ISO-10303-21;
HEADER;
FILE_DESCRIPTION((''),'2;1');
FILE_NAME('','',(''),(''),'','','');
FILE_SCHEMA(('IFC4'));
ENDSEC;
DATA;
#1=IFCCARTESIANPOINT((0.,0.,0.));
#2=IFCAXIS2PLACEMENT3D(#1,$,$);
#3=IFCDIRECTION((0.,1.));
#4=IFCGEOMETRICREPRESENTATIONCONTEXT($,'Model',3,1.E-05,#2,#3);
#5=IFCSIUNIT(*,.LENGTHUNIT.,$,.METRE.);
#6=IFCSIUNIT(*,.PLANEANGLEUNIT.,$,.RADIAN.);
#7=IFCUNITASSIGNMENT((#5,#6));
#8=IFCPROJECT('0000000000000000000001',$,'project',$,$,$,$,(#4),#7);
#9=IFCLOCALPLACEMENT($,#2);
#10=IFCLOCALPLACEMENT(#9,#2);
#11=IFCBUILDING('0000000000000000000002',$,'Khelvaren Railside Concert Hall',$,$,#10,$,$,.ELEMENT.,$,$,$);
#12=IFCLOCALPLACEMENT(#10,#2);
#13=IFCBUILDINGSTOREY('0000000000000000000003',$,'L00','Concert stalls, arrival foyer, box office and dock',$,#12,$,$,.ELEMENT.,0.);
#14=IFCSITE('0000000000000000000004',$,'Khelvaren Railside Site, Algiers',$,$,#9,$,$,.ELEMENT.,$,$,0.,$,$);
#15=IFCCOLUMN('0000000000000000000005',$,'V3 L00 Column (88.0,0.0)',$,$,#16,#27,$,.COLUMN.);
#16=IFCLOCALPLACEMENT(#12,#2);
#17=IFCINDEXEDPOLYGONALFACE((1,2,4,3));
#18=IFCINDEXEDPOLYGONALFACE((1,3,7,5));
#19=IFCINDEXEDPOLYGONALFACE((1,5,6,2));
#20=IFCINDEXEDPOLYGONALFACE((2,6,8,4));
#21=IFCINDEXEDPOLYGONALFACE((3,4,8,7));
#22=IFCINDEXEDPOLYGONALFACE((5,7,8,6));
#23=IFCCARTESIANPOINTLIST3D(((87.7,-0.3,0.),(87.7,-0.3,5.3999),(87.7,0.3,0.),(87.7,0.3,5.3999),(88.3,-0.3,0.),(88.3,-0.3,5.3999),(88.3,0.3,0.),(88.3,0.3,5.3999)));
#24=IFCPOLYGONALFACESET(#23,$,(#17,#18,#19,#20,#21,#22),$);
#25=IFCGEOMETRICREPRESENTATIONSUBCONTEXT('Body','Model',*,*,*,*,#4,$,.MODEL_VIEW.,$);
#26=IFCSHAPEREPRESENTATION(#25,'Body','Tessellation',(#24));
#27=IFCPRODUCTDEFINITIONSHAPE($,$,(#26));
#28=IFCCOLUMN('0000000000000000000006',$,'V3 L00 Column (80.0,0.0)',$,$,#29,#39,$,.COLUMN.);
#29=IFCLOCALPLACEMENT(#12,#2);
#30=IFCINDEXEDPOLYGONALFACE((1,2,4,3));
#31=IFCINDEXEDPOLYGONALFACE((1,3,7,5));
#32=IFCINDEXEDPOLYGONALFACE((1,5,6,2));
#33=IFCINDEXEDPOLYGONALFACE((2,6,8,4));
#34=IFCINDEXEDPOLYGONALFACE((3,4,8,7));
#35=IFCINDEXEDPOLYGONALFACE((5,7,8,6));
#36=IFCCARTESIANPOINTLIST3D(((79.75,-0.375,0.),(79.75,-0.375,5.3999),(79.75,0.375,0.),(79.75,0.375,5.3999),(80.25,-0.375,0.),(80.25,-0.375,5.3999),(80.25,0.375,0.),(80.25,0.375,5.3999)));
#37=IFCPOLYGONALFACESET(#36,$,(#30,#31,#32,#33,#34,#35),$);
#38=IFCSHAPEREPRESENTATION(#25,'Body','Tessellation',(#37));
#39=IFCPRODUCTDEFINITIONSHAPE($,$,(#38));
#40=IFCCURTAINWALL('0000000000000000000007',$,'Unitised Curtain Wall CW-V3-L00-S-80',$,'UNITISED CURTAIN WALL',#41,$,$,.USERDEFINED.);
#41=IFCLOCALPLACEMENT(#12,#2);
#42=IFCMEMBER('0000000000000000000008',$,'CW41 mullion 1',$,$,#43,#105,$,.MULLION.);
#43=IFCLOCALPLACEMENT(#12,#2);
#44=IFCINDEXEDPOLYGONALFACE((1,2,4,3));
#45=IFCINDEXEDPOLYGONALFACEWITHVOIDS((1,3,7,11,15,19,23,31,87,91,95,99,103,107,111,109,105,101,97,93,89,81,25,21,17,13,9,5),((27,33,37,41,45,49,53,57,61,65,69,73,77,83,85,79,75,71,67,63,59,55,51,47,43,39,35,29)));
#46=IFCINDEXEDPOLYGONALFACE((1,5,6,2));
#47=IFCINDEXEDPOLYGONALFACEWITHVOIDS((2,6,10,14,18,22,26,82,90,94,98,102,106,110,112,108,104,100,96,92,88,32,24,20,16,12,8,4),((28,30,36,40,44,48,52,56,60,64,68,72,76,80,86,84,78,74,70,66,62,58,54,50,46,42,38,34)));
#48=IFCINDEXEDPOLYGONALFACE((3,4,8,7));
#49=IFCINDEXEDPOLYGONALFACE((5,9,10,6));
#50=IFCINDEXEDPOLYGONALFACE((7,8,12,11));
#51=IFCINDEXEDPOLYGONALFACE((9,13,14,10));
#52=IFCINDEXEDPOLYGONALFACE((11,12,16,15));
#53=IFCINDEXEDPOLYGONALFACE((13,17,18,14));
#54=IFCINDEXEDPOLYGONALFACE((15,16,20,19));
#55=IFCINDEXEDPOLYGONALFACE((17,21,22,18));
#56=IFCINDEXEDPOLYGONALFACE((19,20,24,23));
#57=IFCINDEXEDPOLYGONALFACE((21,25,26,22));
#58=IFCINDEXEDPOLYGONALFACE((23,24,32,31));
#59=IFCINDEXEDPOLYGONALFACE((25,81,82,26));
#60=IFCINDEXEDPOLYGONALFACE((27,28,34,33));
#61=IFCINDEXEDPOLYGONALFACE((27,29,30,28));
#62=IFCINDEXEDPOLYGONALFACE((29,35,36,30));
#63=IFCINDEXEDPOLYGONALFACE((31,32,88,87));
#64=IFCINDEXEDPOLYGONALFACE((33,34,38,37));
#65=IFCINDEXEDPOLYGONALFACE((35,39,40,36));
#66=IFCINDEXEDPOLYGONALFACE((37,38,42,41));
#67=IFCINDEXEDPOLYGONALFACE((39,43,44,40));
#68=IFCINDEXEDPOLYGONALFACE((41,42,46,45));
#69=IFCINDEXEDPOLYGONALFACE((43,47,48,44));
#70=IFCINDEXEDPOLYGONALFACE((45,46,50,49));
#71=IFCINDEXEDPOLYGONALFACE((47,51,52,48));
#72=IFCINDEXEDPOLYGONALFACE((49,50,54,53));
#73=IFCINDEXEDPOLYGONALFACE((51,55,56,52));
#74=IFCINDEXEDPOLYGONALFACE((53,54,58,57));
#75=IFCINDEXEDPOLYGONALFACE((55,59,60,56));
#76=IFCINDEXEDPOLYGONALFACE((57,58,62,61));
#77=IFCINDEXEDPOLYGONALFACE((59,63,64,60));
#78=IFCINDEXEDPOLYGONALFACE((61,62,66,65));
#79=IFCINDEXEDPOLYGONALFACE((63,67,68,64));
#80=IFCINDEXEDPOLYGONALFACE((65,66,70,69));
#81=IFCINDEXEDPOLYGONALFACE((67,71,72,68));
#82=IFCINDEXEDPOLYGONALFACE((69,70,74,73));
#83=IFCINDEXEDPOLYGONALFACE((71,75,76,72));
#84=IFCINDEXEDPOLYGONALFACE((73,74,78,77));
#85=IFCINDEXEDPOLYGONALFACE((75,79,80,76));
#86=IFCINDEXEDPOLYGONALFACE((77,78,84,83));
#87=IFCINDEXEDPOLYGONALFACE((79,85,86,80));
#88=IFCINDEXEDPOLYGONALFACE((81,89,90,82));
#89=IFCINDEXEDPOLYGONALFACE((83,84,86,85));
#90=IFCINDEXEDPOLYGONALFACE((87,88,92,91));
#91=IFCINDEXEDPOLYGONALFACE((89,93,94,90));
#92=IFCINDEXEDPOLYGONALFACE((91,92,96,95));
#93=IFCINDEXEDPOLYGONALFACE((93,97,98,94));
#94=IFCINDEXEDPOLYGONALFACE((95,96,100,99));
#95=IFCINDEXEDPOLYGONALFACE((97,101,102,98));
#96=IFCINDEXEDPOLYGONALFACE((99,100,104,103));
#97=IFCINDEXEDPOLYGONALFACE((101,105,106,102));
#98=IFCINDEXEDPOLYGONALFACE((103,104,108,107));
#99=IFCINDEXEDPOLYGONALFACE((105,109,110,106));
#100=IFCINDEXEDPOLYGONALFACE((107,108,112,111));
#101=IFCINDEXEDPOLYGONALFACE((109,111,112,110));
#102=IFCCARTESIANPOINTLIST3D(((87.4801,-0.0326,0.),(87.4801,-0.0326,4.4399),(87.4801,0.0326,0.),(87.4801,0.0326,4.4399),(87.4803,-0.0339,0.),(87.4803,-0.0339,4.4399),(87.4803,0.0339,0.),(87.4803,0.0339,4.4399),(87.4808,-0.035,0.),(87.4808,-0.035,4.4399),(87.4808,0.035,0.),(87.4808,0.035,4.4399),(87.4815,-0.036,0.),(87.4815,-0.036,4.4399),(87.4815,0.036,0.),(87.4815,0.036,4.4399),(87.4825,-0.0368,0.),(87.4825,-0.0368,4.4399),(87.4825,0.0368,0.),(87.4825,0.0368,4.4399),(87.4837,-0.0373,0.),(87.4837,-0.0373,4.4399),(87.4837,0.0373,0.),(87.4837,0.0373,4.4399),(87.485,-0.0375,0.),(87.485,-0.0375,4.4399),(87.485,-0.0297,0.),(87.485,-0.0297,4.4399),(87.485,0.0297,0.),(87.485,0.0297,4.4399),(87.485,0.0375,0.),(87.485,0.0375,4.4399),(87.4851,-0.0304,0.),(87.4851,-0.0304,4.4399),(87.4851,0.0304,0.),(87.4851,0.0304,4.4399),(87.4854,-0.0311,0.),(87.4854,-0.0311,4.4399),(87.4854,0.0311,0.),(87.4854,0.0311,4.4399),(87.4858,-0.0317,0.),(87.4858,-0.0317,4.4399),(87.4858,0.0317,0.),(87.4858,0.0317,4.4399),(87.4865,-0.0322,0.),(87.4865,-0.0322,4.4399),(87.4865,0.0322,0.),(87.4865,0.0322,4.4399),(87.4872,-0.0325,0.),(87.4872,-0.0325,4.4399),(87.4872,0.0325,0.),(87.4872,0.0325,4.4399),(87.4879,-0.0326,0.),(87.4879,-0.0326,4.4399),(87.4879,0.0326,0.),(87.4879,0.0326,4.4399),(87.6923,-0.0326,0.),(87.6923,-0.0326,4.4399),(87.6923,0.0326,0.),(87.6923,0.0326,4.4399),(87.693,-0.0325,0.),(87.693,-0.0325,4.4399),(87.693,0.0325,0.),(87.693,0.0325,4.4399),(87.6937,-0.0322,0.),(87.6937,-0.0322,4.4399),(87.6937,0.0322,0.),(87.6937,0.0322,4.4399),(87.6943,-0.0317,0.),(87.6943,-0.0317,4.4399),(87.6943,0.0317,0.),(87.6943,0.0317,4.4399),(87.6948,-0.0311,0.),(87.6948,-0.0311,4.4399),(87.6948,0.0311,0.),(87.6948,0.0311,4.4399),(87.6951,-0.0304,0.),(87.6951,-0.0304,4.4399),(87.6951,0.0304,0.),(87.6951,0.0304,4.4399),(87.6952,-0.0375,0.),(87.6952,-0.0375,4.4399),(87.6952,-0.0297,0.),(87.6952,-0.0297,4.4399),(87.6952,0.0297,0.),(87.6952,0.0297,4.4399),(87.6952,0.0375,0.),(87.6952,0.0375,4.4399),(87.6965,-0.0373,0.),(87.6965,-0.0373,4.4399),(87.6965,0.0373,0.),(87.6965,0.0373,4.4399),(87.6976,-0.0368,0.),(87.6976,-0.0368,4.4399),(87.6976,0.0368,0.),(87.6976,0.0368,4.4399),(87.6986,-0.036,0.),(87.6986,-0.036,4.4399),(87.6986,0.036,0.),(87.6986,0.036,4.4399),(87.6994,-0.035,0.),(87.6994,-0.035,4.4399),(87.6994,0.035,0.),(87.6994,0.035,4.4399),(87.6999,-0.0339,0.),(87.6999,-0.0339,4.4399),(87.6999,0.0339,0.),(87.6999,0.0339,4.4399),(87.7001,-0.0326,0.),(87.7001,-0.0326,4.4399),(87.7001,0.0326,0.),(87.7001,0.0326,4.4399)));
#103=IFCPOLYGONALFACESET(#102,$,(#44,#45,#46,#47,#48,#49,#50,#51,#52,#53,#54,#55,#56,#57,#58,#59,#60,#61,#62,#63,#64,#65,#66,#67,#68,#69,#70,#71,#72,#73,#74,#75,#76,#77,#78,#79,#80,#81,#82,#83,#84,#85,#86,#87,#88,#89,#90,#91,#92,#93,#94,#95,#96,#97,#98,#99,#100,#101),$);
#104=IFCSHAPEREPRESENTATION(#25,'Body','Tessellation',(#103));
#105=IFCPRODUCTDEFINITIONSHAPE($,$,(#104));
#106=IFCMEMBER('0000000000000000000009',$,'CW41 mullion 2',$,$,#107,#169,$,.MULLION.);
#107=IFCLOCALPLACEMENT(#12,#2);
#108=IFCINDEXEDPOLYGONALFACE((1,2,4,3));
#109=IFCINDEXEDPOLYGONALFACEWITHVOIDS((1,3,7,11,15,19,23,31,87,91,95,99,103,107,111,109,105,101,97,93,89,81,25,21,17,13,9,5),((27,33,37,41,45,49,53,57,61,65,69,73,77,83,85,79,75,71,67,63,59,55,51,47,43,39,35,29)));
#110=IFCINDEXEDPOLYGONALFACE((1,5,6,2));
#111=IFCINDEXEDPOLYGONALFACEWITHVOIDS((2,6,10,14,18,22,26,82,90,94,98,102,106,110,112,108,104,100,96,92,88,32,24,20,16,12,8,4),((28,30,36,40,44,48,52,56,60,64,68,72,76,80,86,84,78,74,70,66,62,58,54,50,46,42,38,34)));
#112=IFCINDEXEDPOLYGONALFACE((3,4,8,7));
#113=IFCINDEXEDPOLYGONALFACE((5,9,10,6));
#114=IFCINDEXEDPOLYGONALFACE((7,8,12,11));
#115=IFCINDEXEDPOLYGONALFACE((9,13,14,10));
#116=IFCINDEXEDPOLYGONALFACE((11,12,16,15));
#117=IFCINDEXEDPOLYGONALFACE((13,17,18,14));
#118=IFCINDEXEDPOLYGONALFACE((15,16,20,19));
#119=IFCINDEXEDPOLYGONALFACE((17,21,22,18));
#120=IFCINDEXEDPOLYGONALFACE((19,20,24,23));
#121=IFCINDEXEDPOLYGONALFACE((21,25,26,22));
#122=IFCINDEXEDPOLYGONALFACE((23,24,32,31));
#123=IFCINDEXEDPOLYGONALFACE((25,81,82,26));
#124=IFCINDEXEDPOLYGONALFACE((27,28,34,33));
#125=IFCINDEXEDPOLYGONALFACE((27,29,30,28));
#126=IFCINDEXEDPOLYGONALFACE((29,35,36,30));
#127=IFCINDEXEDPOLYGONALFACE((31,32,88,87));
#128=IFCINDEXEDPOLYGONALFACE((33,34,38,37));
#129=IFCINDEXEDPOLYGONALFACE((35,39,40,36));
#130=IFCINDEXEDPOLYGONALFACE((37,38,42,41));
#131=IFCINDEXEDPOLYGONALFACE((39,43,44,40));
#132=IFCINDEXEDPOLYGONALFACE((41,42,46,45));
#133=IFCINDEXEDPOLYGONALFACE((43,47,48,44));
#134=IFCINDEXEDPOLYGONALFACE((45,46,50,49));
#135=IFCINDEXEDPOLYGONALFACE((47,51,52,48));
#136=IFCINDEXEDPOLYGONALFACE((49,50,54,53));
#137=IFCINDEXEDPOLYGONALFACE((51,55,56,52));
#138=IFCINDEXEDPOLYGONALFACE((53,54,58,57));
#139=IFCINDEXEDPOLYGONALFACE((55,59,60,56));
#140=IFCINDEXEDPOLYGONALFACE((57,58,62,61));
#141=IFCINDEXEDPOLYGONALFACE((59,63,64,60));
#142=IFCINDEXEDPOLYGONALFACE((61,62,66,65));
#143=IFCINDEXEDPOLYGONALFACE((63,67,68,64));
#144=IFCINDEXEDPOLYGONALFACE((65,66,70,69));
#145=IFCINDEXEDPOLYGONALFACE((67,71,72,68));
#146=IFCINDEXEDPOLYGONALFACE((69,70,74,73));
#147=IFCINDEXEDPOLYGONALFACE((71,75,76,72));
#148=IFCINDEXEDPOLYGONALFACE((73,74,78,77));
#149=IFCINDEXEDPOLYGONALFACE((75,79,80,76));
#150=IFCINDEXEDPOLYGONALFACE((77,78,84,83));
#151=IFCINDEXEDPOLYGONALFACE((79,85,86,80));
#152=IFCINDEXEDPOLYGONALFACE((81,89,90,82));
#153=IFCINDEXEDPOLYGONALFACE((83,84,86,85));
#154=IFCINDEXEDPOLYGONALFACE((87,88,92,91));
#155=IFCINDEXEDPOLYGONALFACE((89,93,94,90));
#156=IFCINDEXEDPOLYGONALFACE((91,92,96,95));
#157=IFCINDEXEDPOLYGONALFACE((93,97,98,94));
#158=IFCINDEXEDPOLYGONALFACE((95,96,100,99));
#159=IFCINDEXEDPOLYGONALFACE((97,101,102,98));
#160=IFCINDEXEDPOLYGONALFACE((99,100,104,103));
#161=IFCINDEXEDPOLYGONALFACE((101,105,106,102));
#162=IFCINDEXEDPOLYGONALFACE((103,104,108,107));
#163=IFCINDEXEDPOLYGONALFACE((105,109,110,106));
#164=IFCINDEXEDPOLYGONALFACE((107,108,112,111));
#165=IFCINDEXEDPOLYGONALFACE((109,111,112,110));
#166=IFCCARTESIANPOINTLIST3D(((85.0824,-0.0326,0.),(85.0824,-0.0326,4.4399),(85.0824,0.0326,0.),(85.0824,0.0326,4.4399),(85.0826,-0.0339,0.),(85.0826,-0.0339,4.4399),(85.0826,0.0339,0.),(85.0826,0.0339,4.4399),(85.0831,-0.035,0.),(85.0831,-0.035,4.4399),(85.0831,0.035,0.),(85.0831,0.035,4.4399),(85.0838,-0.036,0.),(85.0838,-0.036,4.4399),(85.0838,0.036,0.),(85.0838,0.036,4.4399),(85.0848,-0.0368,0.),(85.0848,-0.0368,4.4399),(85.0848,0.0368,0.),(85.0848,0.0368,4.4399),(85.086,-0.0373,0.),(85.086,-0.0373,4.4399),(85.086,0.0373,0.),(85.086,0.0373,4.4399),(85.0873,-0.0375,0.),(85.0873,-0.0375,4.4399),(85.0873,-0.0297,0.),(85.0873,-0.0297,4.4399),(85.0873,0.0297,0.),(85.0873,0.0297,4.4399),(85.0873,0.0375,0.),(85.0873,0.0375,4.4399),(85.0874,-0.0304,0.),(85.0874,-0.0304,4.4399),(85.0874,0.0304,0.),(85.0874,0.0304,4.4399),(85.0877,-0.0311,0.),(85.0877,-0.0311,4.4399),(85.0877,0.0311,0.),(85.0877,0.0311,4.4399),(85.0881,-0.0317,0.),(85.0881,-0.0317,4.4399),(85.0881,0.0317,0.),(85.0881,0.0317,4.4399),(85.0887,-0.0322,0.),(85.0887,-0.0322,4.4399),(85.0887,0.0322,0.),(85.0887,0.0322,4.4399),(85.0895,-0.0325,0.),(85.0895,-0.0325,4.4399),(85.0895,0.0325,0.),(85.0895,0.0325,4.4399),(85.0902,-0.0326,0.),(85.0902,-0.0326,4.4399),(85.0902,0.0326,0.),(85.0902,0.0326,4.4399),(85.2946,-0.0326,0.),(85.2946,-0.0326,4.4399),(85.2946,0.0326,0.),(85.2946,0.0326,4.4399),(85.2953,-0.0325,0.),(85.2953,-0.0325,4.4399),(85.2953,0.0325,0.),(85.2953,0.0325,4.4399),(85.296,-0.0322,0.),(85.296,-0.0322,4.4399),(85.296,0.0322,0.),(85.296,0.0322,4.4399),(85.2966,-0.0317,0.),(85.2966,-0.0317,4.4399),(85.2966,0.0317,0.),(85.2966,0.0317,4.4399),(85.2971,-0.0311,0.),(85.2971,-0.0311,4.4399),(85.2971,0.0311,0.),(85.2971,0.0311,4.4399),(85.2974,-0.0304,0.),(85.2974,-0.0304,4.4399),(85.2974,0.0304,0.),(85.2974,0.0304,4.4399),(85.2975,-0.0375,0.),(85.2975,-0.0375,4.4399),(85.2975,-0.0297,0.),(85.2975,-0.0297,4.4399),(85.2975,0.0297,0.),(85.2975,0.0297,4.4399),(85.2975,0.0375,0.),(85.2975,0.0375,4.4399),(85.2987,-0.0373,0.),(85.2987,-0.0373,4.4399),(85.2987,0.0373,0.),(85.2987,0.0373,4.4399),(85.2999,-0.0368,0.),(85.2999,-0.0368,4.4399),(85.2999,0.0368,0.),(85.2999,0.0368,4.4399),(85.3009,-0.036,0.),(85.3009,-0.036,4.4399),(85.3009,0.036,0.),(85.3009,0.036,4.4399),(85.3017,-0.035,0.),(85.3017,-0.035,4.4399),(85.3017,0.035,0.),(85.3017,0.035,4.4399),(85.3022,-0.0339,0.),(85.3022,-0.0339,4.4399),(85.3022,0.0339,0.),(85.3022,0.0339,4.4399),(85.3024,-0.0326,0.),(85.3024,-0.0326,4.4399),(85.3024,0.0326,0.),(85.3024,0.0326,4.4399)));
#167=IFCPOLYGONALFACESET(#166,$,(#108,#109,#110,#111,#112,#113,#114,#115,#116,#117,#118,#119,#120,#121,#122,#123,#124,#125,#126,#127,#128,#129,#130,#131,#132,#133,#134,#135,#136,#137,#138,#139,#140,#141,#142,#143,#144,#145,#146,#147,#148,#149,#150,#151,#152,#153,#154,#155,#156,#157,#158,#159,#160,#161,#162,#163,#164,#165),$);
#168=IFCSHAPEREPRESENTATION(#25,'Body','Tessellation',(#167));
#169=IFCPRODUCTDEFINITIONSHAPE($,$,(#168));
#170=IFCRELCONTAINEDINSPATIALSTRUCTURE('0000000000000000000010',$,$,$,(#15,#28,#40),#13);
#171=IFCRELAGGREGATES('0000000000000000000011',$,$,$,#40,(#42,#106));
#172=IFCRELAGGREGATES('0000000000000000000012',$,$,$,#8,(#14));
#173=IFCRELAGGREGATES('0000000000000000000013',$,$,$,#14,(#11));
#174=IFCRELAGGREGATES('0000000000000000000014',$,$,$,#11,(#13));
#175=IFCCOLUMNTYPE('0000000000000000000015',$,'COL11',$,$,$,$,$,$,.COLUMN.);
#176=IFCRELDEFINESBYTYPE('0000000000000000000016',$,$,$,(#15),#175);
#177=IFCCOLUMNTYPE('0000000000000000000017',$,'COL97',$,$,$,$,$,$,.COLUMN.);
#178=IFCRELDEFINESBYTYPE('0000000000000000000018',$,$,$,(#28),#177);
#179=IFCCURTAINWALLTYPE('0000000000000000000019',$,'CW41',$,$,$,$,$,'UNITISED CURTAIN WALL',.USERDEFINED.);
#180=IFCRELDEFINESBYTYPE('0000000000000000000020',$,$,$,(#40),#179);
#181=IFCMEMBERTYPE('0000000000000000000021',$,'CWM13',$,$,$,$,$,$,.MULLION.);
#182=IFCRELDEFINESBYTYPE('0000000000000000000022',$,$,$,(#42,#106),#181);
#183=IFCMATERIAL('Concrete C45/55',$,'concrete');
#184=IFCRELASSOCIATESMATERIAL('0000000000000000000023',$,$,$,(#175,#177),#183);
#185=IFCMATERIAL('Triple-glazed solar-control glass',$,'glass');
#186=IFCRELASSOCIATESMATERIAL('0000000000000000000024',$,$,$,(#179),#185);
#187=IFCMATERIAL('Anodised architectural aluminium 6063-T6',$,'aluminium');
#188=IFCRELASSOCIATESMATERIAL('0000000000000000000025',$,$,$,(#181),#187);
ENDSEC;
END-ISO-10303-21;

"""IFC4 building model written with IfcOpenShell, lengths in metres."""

from ifc_helpers import new_model, si_unit, direction, frame, origin, origin_2d, place, context, subcontext, project, spatial, rectangle, hollow_rectangle, extrude, material, material_profile, profile_set, type_object, element, aggregate, save


model = new_model("IFC4")

# Units and contexts
model_context = context("Model", 3, precision=1e-05, world=origin(), true_north=direction((0.0, 1.0)))
body_context = subcontext(model_context, "Body", "Model", "MODEL_VIEW")
ifc_project = project(units=[si_unit("LENGTHUNIT", "METRE"), si_unit("PLANEANGLEUNIT", "RADIAN")], contexts=[model_context])

# Site, building, storey
site_placement = place(None, origin())
site = spatial("IfcSite", under=ifc_project, at=site_placement, Name="Khelvaren Railside Site, Algiers", CompositionType="ELEMENT", RefElevation=0.0)
building_placement = place(site_placement, origin())
building = spatial("IfcBuilding", under=site, at=building_placement, Name="Khelvaren Railside Concert Hall", CompositionType="ELEMENT")
storey_placement = place(building_placement, origin())
storey = spatial("IfcBuildingStorey", under=building, at=storey_placement, Name="L00", Description="Concert stalls, arrival foyer, box office and dock", CompositionType="ELEMENT", Elevation=0.0)

# Columns
ifc_material_1 = material(Name="Concrete C45/55", Category="concrete")
ifc_material_profile_1 = material_profile(ifc_material_1, rectangle(XDim=0.6001, YDim=0.6001, at=origin_2d()), Name="RC 600x600")
ifc_profile_set_1 = profile_set([ifc_material_profile_1], Name="Concrete C45/55")
column_type_1 = type_object("IfcColumnType", Name="COL11", PredefinedType="COLUMN", material=ifc_profile_set_1)
column_1_placement = place(storey_placement, frame((88.0, 0.0, 0.0), z_axis=(0.0, 0.0, 1.0), x_axis=(1.0, 0.0, 0.0)))
element("IfcColumn", 1, at=column_1_placement, inside=storey, type_object=column_type_1, Name="V3 L00 Column (88.0,0.0)", PredefinedType="COLUMN", context=body_context, shape_type="SweptSolid", body=[
    extrude(rectangle(XDim=0.6001, YDim=0.6001, at=origin_2d()), origin(), (0.0, 0.0, 1.0), 5.3999),
])
ifc_material_profile_2 = material_profile(ifc_material_1, rectangle(XDim=0.5, YDim=0.75, at=origin_2d()), Name="RC 500x750")
ifc_profile_set_2 = profile_set([ifc_material_profile_2], Name="Concrete C45/55")
column_type_2 = type_object("IfcColumnType", Name="COL97", PredefinedType="COLUMN", material=ifc_profile_set_2)
column_2_placement = place(storey_placement, frame((80.0, 0.0, 0.0), z_axis=(0.0, 0.0, 1.0), x_axis=(1.0, 0.0, 0.0)))
element("IfcColumn", 2, at=column_2_placement, inside=storey, type_object=column_type_2, Name="V3 L00 Column (80.0,0.0)", PredefinedType="COLUMN", context=body_context, shape_type="SweptSolid", body=[
    extrude(rectangle(XDim=0.5, YDim=0.75, at=origin_2d()), origin(), (0.0, 0.0, 1.0), 5.3999),
])

# Curtain wall, members
ifc_material_2 = material(Name="Triple-glazed solar-control glass", Category="glass")
curtain_wall_type_1 = type_object("IfcCurtainWallType", Name="CW41", ElementType="UNITISED CURTAIN WALL", PredefinedType="USERDEFINED", material=ifc_material_2)
curtain_wall_1_placement = place(storey_placement, origin())
curtain_wall_1 = element("IfcCurtainWall", 3, at=curtain_wall_1_placement, inside=storey, type_object=curtain_wall_type_1, Name="Unitised Curtain Wall CW-V3-L00-S-80", ObjectType="UNITISED CURTAIN WALL", PredefinedType="USERDEFINED")
ifc_material_3 = material(Name="Anodised architectural aluminium 6063-T6", Category="aluminium")
ifc_material_profile_3 = material_profile(ifc_material_3, hollow_rectangle(XDim=0.075, YDim=0.22, WallThickness=0.0049, InnerFilletRadius=0.0029, OuterFilletRadius=0.0049, at=origin_2d()), Name="CWM 75x220x5")
ifc_profile_set_3 = profile_set([ifc_material_profile_3], Name="Anodised architectural aluminium 6063-T6")
member_type_1 = type_object("IfcMemberType", Name="CWM13", PredefinedType="MULLION", material=ifc_profile_set_3)
member_1_placement = place(storey_placement, frame((87.5901, 0.0, 0.0), z_axis=(0.0, 0.0, 1.0), x_axis=(0.0, -1.0, 0.0)))
member_1 = element("IfcMember", 4, at=member_1_placement, type_object=member_type_1, Name="CW41 mullion 1", PredefinedType="MULLION", context=body_context, shape_type="SweptSolid", body=[
    extrude(hollow_rectangle(XDim=0.075, YDim=0.22, WallThickness=0.0049, InnerFilletRadius=0.0029, OuterFilletRadius=0.0049, at=origin_2d()), origin(), (0.0, 0.0, 1.0), 4.4399),
])
member_2_placement = place(storey_placement, frame((85.1924, 0.0, 0.0), z_axis=(0.0, 0.0, 1.0), x_axis=(0.0, -1.0, 0.0)))
member_2 = element("IfcMember", 5, at=member_2_placement, type_object=member_type_1, Name="CW41 mullion 2", PredefinedType="MULLION", context=body_context, shape_type="SweptSolid", body=[
    extrude(hollow_rectangle(XDim=0.075, YDim=0.22, WallThickness=0.0049, InnerFilletRadius=0.0029, OuterFilletRadius=0.0049, at=origin_2d()), origin(), (0.0, 0.0, 1.0), 4.4399),
])

aggregate(curtain_wall_1, [member_1, member_2])

save(model, "model.ifc")
